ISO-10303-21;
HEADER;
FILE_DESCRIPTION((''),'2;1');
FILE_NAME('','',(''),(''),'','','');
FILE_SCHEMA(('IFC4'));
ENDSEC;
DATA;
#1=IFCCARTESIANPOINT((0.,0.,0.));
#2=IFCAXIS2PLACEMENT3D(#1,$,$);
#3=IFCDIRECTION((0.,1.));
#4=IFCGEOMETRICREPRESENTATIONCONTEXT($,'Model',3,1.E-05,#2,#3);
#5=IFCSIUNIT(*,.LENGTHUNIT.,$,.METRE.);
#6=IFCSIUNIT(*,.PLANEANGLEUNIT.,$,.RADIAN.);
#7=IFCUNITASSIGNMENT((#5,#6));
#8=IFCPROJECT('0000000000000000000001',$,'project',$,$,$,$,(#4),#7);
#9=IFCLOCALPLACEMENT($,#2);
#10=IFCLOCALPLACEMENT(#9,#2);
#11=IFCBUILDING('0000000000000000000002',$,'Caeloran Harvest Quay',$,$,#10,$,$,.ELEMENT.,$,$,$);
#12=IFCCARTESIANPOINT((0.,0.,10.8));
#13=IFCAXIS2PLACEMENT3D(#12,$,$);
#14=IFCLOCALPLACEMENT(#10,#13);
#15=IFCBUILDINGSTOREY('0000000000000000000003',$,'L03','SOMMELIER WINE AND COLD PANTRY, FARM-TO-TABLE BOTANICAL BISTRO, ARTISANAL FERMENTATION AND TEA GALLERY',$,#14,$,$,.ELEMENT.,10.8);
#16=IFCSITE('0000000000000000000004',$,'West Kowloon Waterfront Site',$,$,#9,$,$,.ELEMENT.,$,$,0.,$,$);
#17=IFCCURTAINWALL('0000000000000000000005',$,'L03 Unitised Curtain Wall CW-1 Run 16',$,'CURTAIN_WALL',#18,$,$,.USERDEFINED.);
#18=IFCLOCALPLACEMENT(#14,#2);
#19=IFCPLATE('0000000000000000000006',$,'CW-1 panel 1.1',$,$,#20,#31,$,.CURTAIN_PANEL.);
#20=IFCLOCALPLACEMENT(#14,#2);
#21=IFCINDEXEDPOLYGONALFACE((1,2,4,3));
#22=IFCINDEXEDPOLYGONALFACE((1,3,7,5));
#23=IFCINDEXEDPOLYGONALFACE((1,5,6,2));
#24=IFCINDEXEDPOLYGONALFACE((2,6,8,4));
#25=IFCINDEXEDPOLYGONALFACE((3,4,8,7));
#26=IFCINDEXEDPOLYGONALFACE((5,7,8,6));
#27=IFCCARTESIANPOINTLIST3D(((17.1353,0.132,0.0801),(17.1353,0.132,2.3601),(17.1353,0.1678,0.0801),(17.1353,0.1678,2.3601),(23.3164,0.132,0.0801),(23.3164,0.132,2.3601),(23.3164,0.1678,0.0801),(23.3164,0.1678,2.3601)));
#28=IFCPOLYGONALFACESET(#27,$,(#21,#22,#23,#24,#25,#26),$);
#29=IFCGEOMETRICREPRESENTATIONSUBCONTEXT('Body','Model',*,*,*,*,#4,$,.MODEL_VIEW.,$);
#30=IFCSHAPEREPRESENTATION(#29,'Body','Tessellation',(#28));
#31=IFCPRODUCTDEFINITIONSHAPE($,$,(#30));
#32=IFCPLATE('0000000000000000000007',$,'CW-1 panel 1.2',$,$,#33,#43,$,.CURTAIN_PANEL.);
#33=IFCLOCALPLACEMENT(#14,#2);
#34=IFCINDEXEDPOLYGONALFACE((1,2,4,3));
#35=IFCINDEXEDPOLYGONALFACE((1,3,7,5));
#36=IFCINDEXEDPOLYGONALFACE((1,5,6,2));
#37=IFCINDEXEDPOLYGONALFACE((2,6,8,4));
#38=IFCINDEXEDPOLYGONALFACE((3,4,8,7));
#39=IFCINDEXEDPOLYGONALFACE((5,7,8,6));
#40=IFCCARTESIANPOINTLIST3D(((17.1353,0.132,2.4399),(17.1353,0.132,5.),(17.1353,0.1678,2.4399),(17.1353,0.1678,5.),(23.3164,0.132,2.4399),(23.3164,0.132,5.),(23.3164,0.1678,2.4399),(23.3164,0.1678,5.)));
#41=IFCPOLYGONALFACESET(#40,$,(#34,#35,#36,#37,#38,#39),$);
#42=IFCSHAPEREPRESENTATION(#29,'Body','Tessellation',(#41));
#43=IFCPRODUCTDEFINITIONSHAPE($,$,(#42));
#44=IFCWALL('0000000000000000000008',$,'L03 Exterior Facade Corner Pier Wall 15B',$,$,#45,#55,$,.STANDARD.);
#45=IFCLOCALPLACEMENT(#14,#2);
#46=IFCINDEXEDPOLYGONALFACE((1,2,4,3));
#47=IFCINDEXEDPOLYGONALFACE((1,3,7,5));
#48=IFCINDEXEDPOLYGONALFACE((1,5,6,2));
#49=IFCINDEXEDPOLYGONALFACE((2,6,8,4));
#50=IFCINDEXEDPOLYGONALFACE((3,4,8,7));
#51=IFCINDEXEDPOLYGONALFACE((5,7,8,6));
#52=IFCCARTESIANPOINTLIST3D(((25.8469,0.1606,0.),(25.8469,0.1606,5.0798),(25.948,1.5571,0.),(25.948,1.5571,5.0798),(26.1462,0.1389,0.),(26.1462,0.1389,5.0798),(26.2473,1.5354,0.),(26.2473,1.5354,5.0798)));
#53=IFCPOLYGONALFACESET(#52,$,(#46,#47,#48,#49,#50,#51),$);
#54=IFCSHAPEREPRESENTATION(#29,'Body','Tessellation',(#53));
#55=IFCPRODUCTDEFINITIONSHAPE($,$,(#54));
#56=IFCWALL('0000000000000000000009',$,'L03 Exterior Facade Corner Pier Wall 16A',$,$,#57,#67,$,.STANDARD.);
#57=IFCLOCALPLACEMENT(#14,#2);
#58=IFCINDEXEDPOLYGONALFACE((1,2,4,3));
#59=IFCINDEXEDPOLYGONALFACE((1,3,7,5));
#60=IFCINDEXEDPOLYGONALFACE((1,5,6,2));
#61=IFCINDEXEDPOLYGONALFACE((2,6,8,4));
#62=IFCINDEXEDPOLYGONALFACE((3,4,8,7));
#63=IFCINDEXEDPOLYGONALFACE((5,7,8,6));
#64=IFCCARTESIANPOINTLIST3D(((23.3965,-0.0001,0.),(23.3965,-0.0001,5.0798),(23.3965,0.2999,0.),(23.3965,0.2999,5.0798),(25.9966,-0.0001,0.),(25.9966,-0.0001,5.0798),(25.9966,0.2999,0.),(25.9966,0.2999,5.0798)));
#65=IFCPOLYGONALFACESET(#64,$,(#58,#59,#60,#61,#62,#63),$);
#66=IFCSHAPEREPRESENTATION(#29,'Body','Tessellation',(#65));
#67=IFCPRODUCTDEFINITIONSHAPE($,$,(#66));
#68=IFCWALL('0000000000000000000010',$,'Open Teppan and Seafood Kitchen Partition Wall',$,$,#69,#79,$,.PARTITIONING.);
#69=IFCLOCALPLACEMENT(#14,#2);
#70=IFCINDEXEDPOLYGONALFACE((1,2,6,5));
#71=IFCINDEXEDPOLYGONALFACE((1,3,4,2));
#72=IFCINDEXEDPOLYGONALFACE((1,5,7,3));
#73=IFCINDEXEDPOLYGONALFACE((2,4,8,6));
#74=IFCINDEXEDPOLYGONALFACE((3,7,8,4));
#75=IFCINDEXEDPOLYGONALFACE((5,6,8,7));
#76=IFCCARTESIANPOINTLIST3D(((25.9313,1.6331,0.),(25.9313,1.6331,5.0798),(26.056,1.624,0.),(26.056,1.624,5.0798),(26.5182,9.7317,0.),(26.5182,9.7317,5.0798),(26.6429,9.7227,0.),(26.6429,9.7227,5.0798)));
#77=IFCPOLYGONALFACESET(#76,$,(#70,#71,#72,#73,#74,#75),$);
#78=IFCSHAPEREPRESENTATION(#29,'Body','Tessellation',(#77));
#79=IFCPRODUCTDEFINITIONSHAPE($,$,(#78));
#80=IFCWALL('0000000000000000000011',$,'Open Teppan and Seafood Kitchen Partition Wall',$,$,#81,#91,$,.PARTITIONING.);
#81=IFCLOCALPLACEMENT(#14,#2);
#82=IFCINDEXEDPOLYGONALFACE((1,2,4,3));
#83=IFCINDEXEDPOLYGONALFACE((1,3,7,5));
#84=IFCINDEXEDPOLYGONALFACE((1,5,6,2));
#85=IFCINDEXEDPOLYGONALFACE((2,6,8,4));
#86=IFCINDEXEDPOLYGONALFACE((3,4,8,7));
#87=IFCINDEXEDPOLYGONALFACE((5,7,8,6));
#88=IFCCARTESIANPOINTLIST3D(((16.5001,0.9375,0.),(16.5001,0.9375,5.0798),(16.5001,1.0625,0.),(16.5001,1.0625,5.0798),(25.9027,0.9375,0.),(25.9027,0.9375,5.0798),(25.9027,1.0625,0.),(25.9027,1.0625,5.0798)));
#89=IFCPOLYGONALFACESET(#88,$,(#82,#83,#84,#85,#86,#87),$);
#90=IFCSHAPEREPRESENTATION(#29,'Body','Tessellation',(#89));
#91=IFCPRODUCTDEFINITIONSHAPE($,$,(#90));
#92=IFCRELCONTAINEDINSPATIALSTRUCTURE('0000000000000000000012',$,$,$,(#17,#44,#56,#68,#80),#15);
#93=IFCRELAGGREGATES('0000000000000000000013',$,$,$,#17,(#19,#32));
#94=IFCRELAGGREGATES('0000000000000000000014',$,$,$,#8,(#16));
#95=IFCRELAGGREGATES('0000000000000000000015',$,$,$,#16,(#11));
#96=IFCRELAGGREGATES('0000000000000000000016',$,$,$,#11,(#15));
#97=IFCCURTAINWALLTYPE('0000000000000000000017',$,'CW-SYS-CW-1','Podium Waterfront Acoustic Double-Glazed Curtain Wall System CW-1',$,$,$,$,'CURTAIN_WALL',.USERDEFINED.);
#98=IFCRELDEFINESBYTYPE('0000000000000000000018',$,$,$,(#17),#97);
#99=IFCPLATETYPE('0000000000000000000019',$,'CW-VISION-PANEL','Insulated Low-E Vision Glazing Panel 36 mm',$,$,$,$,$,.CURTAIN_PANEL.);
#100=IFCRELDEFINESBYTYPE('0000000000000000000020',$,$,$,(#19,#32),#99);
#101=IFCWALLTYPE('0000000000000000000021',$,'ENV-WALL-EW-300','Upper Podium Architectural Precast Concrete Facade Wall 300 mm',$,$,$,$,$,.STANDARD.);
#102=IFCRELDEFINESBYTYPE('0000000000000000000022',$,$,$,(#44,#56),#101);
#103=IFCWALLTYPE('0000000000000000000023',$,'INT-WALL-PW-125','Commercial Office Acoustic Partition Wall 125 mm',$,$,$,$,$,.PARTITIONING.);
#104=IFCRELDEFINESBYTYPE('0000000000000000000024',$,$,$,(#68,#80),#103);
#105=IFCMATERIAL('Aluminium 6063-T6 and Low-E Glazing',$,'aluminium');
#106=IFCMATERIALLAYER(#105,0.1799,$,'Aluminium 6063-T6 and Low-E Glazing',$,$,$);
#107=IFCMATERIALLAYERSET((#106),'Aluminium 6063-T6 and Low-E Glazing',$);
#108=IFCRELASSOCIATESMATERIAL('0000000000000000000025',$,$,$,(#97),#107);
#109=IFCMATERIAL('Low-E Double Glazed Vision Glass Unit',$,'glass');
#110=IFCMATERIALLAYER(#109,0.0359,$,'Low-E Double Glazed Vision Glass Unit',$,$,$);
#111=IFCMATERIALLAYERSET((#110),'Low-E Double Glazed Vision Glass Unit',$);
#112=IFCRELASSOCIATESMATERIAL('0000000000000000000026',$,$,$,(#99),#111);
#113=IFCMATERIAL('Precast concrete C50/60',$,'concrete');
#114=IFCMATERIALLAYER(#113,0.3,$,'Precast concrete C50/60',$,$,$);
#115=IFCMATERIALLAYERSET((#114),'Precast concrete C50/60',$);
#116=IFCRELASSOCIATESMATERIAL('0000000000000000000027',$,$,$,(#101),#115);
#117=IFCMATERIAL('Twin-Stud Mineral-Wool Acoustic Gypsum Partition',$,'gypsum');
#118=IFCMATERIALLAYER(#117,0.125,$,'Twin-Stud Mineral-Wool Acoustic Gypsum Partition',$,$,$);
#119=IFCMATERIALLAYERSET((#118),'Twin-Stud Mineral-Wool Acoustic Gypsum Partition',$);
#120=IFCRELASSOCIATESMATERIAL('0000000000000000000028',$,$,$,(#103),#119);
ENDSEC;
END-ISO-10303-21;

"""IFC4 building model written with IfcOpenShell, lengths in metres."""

from ifc_helpers import new_model, si_unit, direction, frame, frame_2d, origin, origin_2d, place, context, subcontext, project, spatial, rectangle, extrude, material, layer, layer_set, type_object, element, aggregate, save


model = new_model("IFC4")

# Units and contexts
model_context = context("Model", 3, precision=1e-05, world=origin(), true_north=direction((0.0, 1.0)))
body_context = subcontext(model_context, "Body", "Model", "MODEL_VIEW")
ifc_project = project(units=[si_unit("LENGTHUNIT", "METRE"), si_unit("PLANEANGLEUNIT", "RADIAN")], contexts=[model_context])

# Site, building, storey
site_placement = place(None, origin())
site = spatial("IfcSite", under=ifc_project, at=site_placement, Name="West Kowloon Waterfront Site", CompositionType="ELEMENT", RefElevation=0.0)
building_placement = place(site_placement, origin())
building = spatial("IfcBuilding", under=site, at=building_placement, Name="Caeloran Harvest Quay", CompositionType="ELEMENT")
storey_placement = place(building_placement, frame((0.0, 0.0, 10.8)))
storey = spatial("IfcBuildingStorey", under=building, at=storey_placement, Name="L03", Description="SOMMELIER WINE AND COLD PANTRY, FARM-TO-TABLE BOTANICAL BISTRO, ARTISANAL FERMENTATION AND TEA GALLERY", CompositionType="ELEMENT", Elevation=10.8)

# Shared definitions
ifc_material_1 = material(Name="Aluminium 6063-T6 and Low-E Glazing", Category="aluminium")
ifc_layer_1 = layer(ifc_material_1, 0.1799, Name="Aluminium 6063-T6 and Low-E Glazing")
ifc_layer_set_1 = layer_set([ifc_layer_1], Name="Aluminium 6063-T6 and Low-E Glazing")
curtain_wall_type = type_object("IfcCurtainWallType", Name="CW-SYS-CW-1", Description="Podium Waterfront Acoustic Double-Glazed Curtain Wall System CW-1", ElementType="CURTAIN_WALL", PredefinedType="USERDEFINED", material=ifc_layer_set_1)

# Curtain wall
curtain_wall_1_placement = place(storey_placement, origin())
curtain_wall_1 = element("IfcCurtainWall", 1, at=curtain_wall_1_placement, inside=storey, type_object=curtain_wall_type, Name="L03 Unitised Curtain Wall CW-1 Run 16", ObjectType="CURTAIN_WALL", PredefinedType="USERDEFINED")

# Plates
ifc_material_2 = material(Name="Low-E Double Glazed Vision Glass Unit", Category="glass")
ifc_layer_2 = layer(ifc_material_2, 0.0359, Name="Low-E Double Glazed Vision Glass Unit")
ifc_layer_set_2 = layer_set([ifc_layer_2], Name="Low-E Double Glazed Vision Glass Unit")
plate_type = type_object("IfcPlateType", Name="CW-VISION-PANEL", Description="Insulated Low-E Vision Glazing Panel 36 mm", PredefinedType="CURTAIN_PANEL", material=ifc_layer_set_2)
plate_1_placement = place(storey_placement, frame((20.2258, 0.1499, 0.0801), z_axis=(0.0, 0.0, 1.0), x_axis=(-1.0, 0.0, 0.0)))
plate_1 = element("IfcPlate", 2, at=plate_1_placement, type_object=plate_type, Name="CW-1 panel 1.1", PredefinedType="CURTAIN_PANEL", context=body_context, shape_type="SweptSolid", body=[
    extrude(rectangle(XDim=6.1812, YDim=0.0359, at=origin_2d()), origin(), (0.0, 0.0, 1.0), 2.28),
])
plate_2_placement = place(storey_placement, frame((20.2258, 0.1499, 2.4399), z_axis=(0.0, 0.0, 1.0), x_axis=(-1.0, 0.0, 0.0)))
plate_2 = element("IfcPlate", 3, at=plate_2_placement, type_object=plate_type, Name="CW-1 panel 1.2", PredefinedType="CURTAIN_PANEL", context=body_context, shape_type="SweptSolid", body=[
    extrude(rectangle(XDim=6.1812, YDim=0.0359, at=origin_2d()), origin(), (0.0, 0.0, 1.0), 2.5601),
])
aggregate(curtain_wall_1, [plate_1, plate_2])

# Walls
ifc_material_3 = material(Name="Precast concrete C50/60", Category="concrete")
ifc_layer_3 = layer(ifc_material_3, 0.3, Name="Precast concrete C50/60")
ifc_layer_set_3 = layer_set([ifc_layer_3], Name="Precast concrete C50/60")
wall_type_1 = type_object("IfcWallType", Name="ENV-WALL-EW-300", Description="Upper Podium Architectural Precast Concrete Facade Wall 300 mm", PredefinedType="STANDARD", material=ifc_layer_set_3)
wall_1_placement = place(storey_placement, frame((26.0977, 1.5464, 0.0), z_axis=(0.0, 0.0, 1.0), x_axis=(-0.072189, -0.997391, 0.0)))
element("IfcWall", 4, at=wall_1_placement, inside=storey, type_object=wall_type_1, Name="L03 Exterior Facade Corner Pier Wall 15B", PredefinedType="STANDARD", context=body_context, shape_type="SweptSolid", body=[
    extrude(rectangle(XDim=1.4001, YDim=0.3, at=frame_2d((0.7002, 0.0))), origin(), (0.0, 0.0, 1.0), 5.0798),
])
wall_2_placement = place(storey_placement, frame((25.9966, 0.1499, 0.0), z_axis=(0.0, 0.0, 1.0), x_axis=(-1.0, 0.0, 0.0)))
element("IfcWall", 5, at=wall_2_placement, inside=storey, type_object=wall_type_1, Name="L03 Exterior Facade Corner Pier Wall 16A", PredefinedType="STANDARD", context=body_context, shape_type="SweptSolid", body=[
    extrude(rectangle(XDim=2.6001, YDim=0.3, at=frame_2d((1.3, 0.0))), origin(), (0.0, 0.0, 1.0), 5.0798),
])
ifc_material_4 = material(Name="Twin-Stud Mineral-Wool Acoustic Gypsum Partition", Category="gypsum")
ifc_layer_4 = layer(ifc_material_4, 0.125, Name="Twin-Stud Mineral-Wool Acoustic Gypsum Partition")
ifc_layer_set_4 = layer_set([ifc_layer_4], Name="Twin-Stud Mineral-Wool Acoustic Gypsum Partition")
wall_type_2 = type_object("IfcWallType", Name="INT-WALL-PW-125", Description="Commercial Office Acoustic Partition Wall 125 mm", PredefinedType="PARTITIONING", material=ifc_layer_set_4)
wall_3_placement = place(storey_placement, frame((26.5806, 9.7273, 0.0), z_axis=(0.0, 0.0, 1.0), x_axis=(-0.072281, -0.997384, 0.0)))
element("IfcWall", 6, at=wall_3_placement, inside=storey, type_object=wall_type_2, Name="Open Teppan and Seafood Kitchen Partition Wall", PredefinedType="PARTITIONING", context=body_context, shape_type="SweptSolid", body=[
    extrude(rectangle(XDim=8.1199, YDim=0.125, at=frame_2d((4.0601, 0.0))), origin(), (0.0, 0.0, 1.0), 5.0798),
])
wall_4_placement = place(storey_placement, frame((25.9026, 1.0, 0.0), z_axis=(0.0, 0.0, 1.0), x_axis=(-1.0, 0.0, 0.0)))
element("IfcWall", 7, at=wall_4_placement, inside=storey, type_object=wall_type_2, Name="Open Teppan and Seafood Kitchen Partition Wall", PredefinedType="PARTITIONING", context=body_context, shape_type="SweptSolid", body=[
    extrude(rectangle(XDim=9.4026, YDim=0.125, at=frame_2d((4.7012, 0.0))), origin(), (0.0, 0.0, 1.0), 5.0798),
])

save(model, "model.ifc")
